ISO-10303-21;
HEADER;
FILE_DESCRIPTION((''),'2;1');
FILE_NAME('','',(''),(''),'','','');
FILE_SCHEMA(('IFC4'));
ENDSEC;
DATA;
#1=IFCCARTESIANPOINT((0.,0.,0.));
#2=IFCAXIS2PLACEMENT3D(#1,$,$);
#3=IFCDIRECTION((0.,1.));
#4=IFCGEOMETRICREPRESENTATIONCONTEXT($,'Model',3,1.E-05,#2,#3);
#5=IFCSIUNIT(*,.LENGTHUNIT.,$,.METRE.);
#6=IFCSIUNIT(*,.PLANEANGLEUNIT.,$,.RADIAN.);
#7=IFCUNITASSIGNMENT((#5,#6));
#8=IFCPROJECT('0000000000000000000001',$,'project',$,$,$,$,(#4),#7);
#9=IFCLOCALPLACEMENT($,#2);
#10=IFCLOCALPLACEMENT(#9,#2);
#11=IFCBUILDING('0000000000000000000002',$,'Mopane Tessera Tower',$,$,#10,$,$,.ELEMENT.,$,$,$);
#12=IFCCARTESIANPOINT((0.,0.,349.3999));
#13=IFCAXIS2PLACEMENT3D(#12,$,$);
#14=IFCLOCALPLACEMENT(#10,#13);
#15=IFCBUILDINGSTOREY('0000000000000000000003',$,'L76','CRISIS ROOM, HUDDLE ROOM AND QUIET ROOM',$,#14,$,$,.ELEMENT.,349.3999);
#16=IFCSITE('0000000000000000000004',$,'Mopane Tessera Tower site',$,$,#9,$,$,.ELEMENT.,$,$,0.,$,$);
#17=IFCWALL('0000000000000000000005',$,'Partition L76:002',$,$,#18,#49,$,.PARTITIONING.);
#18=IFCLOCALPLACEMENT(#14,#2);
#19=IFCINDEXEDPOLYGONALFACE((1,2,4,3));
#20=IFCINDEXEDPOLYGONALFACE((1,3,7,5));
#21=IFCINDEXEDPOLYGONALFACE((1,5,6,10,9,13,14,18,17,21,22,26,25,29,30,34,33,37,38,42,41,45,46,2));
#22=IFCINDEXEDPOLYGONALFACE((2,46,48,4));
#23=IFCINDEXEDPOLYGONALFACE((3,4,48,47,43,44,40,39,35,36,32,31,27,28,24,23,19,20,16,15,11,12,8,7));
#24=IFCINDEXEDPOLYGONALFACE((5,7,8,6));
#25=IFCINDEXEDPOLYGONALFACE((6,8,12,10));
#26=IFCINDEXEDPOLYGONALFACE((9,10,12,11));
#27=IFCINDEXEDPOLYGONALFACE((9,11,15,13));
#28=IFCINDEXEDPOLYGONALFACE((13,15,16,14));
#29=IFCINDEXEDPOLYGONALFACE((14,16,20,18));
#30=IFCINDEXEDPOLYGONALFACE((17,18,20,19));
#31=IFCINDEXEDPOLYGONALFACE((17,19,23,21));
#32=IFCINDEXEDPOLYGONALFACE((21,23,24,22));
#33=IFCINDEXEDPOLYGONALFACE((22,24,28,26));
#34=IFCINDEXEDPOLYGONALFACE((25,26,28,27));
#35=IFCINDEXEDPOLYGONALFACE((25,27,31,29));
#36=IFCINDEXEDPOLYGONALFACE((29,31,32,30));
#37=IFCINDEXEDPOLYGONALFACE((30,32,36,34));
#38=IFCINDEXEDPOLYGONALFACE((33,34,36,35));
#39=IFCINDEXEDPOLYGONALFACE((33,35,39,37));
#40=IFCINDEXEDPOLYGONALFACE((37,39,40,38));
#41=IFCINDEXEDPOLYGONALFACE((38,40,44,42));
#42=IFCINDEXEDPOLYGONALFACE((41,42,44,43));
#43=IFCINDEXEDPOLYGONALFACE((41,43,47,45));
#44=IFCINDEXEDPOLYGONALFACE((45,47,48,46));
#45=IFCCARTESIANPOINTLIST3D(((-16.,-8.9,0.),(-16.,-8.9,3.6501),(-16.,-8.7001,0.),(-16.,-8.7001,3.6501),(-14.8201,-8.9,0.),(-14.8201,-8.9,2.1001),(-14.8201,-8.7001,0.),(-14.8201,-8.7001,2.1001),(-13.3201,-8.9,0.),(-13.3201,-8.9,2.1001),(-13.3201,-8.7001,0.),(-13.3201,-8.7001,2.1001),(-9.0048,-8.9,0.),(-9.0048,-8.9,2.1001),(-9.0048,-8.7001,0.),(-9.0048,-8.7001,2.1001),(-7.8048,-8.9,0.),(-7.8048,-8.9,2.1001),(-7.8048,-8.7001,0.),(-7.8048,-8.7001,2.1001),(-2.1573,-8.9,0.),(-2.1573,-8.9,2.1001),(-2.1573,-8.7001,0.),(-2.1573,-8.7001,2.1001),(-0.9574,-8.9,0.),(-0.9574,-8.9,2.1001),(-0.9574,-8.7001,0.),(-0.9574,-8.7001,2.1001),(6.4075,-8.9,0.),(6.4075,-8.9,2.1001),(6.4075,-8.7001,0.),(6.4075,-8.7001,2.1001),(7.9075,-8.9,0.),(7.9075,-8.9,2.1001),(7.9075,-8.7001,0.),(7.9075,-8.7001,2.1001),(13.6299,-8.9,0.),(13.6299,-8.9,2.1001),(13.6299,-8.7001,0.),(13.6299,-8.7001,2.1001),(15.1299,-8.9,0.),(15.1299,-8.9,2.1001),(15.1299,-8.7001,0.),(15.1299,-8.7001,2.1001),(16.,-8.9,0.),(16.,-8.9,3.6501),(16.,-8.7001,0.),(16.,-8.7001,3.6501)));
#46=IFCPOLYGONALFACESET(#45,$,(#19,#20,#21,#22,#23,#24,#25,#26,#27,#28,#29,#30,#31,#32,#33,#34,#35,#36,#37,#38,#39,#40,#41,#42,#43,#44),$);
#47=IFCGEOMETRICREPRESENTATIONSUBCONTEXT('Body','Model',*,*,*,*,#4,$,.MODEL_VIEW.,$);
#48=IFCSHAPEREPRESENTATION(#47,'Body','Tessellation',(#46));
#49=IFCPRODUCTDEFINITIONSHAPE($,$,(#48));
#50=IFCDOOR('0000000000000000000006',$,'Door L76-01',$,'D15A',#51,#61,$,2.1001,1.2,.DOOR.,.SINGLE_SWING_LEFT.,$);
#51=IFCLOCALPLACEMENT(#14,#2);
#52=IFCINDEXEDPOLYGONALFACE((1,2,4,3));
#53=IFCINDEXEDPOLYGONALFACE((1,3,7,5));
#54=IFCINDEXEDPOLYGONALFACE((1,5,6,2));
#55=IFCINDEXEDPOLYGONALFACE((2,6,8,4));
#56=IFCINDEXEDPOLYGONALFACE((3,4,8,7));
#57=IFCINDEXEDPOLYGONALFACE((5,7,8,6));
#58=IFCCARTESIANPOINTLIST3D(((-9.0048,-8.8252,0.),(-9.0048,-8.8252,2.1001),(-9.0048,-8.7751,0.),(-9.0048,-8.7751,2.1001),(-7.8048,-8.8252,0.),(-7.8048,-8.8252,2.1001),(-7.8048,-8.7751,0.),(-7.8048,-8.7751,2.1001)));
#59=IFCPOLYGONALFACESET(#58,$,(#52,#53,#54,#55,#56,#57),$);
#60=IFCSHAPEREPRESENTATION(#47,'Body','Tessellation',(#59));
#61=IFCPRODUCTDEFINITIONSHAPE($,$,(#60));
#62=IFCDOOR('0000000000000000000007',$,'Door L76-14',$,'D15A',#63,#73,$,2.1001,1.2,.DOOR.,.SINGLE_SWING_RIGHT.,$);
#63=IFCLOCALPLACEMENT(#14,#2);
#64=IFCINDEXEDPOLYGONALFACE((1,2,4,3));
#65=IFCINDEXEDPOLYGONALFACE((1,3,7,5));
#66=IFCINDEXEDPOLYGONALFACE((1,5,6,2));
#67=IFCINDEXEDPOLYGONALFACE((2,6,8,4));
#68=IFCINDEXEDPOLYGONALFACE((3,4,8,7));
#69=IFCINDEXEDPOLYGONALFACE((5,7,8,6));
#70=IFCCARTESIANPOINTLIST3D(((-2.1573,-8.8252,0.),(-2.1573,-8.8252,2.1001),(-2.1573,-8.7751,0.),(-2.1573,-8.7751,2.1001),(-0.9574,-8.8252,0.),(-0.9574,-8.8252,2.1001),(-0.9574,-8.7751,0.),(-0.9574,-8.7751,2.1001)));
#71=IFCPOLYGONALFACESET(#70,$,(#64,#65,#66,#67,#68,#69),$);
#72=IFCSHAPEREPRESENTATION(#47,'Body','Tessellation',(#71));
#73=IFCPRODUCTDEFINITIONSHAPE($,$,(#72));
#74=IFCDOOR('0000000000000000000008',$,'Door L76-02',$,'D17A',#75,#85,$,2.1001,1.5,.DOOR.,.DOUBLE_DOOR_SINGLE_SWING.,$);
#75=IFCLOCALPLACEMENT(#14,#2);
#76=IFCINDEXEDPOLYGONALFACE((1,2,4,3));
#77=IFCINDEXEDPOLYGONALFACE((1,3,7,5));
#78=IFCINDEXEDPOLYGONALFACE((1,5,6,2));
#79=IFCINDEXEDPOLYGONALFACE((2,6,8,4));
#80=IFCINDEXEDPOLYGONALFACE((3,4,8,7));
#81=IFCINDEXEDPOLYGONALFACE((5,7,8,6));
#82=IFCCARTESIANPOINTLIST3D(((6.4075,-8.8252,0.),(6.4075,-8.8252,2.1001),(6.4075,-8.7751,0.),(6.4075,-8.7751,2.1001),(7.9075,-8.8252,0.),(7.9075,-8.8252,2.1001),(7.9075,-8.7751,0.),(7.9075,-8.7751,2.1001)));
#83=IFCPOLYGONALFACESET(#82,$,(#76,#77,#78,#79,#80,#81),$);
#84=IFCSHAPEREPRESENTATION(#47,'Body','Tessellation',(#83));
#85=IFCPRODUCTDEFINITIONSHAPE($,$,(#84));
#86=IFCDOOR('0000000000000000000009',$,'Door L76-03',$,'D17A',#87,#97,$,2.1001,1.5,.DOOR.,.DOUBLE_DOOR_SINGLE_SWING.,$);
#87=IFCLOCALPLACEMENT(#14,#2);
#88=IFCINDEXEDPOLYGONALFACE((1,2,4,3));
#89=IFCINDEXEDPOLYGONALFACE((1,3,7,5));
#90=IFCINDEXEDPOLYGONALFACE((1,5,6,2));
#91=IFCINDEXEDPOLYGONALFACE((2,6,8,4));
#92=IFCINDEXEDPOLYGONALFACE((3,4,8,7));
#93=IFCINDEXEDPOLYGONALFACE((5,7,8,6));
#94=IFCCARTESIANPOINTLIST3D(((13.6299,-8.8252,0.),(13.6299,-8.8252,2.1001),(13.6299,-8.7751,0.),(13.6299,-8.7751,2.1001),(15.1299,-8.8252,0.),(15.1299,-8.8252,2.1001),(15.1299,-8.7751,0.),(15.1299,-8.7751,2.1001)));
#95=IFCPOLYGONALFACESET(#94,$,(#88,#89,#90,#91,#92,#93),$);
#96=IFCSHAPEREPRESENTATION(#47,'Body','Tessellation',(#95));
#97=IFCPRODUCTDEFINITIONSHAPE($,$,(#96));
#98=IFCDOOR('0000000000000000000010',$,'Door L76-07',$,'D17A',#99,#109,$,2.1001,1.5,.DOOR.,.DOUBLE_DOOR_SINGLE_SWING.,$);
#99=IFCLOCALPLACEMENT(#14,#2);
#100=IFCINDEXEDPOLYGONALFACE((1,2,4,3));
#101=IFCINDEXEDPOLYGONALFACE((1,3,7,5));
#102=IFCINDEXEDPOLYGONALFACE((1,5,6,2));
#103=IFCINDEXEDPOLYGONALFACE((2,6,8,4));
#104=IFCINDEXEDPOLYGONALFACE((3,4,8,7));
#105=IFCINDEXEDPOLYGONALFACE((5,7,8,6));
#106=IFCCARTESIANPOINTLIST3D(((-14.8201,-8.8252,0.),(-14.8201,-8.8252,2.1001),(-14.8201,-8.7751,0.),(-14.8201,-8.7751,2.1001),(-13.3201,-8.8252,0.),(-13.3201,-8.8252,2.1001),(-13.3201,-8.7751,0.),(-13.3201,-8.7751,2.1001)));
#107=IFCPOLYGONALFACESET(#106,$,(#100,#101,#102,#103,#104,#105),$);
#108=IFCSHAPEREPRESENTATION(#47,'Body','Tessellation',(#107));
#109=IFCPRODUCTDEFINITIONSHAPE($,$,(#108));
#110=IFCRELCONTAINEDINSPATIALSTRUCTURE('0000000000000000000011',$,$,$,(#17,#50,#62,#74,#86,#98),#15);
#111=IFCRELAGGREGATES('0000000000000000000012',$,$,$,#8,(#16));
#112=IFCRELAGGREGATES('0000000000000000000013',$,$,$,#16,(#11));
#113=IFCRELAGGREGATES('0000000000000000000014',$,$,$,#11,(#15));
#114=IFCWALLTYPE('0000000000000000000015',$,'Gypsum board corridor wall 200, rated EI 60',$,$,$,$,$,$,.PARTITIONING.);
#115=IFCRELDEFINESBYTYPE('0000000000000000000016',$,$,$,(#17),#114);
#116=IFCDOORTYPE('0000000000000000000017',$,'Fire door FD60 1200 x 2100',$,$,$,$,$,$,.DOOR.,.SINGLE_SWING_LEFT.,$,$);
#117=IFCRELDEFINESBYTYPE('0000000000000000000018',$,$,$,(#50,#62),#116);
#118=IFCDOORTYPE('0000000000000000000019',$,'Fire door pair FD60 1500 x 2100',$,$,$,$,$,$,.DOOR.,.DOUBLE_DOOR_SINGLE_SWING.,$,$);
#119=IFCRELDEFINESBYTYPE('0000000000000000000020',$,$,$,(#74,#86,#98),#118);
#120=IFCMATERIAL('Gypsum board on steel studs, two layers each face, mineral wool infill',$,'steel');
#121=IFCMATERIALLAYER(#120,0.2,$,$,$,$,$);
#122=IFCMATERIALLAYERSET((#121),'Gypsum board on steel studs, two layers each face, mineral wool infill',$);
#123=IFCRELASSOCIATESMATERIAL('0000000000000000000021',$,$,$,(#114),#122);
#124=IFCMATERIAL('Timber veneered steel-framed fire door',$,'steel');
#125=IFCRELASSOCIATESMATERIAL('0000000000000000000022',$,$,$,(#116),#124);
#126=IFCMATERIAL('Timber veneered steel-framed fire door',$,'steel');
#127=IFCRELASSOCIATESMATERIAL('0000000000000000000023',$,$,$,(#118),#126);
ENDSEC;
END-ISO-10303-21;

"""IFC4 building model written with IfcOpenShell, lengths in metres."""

from ifc_helpers import new_model, si_unit, direction, frame, frame_2d, origin, place, context, subcontext, project, spatial, rectangle, extrude, material, layer, layer_set, type_object, element, fill, save


model = new_model("IFC4")

# Units and contexts
model_context = context("Model", 3, precision=1e-05, world=origin(), true_north=direction((0.0, 1.0)))
body_context = subcontext(model_context, "Body", "Model", "MODEL_VIEW")
ifc_project = project(units=[si_unit("LENGTHUNIT", "METRE"), si_unit("PLANEANGLEUNIT", "RADIAN")], contexts=[model_context])

# Site, building, storey
site_placement = place(None, origin())
site = spatial("IfcSite", under=ifc_project, at=site_placement, Name="Mopane Tessera Tower site", CompositionType="ELEMENT", RefElevation=0.0)
building_placement = place(site_placement, origin())
building = spatial("IfcBuilding", under=site, at=building_placement, Name="Mopane Tessera Tower", CompositionType="ELEMENT")
storey_placement = place(building_placement, frame((0.0, 0.0, 349.3999)))
storey = spatial("IfcBuildingStorey", under=building, at=storey_placement, Name="L76", Description="CRISIS ROOM, HUDDLE ROOM AND QUIET ROOM", CompositionType="ELEMENT", Elevation=349.3999)

# Wall, openings, doors
ifc_material_1 = material(Name="Gypsum board on steel studs, two layers each face, mineral wool infill", Category="steel")
ifc_layer_1 = layer(ifc_material_1, 0.2)
ifc_layer_set_1 = layer_set([ifc_layer_1], Name="Gypsum board on steel studs, two layers each face, mineral wool infill")
wall_type_1 = type_object("IfcWallType", Name="Gypsum board corridor wall 200, rated EI 60", PredefinedType="PARTITIONING", material=ifc_layer_set_1)
wall_1_placement = place(storey_placement, frame((-16.0, -8.8, 0.0), z_axis=(0.0, 0.0, 1.0), x_axis=(1.0, 0.0, 0.0)))
wall_1 = element("IfcWall", 1, at=wall_1_placement, inside=storey, type_object=wall_type_1, Name="Partition L76:002", PredefinedType="PARTITIONING", context=body_context, shape_type="SweptSolid", body=[
    extrude(rectangle(XDim=32.0, YDim=0.2, at=frame_2d((16.0, 0.0))), origin(), (0.0, 0.0, 1.0), 3.6501),
])
opening_1_placement = place(wall_1_placement, frame((6.9951, 0.0, 0.0)))
opening_1 = element("IfcOpeningElement", 2, at=opening_1_placement, cuts=wall_1, PredefinedType="OPENING", context=body_context, shape_type="SweptSolid", body=[
    extrude(rectangle(XDim=1.2, YDim=2.1001, at=frame_2d((0.6001, 1.05))), frame((0.0, 0.1121, 0.0), z_axis=(0.0, -1.0, 0.0), x_axis=(1.0, 0.0, 0.0)), (0.0, 0.0, 1.0), 0.2239),
])
opening_2_placement = place(wall_1_placement, frame((22.4075, 0.0, 0.0)))
opening_2 = element("IfcOpeningElement", 3, at=opening_2_placement, cuts=wall_1, PredefinedType="OPENING", context=body_context, shape_type="SweptSolid", body=[
    extrude(rectangle(XDim=1.5, YDim=2.1001, at=frame_2d((0.75, 1.05))), frame((0.0, 0.1121, 0.0), z_axis=(0.0, -1.0, 0.0), x_axis=(1.0, 0.0, 0.0)), (0.0, 0.0, 1.0), 0.2239),
])
opening_3_placement = place(wall_1_placement, frame((29.6299, 0.0, 0.0)))
opening_3 = element("IfcOpeningElement", 4, at=opening_3_placement, cuts=wall_1, PredefinedType="OPENING", context=body_context, shape_type="SweptSolid", body=[
    extrude(rectangle(XDim=1.5, YDim=2.1001, at=frame_2d((0.75, 1.05))), frame((0.0, 0.1121, 0.0), z_axis=(0.0, -1.0, 0.0), x_axis=(1.0, 0.0, 0.0)), (0.0, 0.0, 1.0), 0.2239),
])
opening_4_placement = place(wall_1_placement, frame((1.1799, 0.0, 0.0)))
opening_4 = element("IfcOpeningElement", 5, at=opening_4_placement, cuts=wall_1, PredefinedType="OPENING", context=body_context, shape_type="SweptSolid", body=[
    extrude(rectangle(XDim=1.5, YDim=2.1001, at=frame_2d((0.75, 1.05))), frame((0.0, 0.1121, 0.0), z_axis=(0.0, -1.0, 0.0), x_axis=(1.0, 0.0, 0.0)), (0.0, 0.0, 1.0), 0.2239),
])
opening_5_placement = place(wall_1_placement, frame((13.8425, 0.0, 0.0)))
opening_5 = element("IfcOpeningElement", 6, at=opening_5_placement, cuts=wall_1, PredefinedType="OPENING", context=body_context, shape_type="SweptSolid", body=[
    extrude(rectangle(XDim=1.2, YDim=2.1001, at=frame_2d((0.6001, 1.05))), frame((0.0, 0.1121, 0.0), z_axis=(0.0, -1.0, 0.0), x_axis=(1.0, 0.0, 0.0)), (0.0, 0.0, 1.0), 0.2239),
])
ifc_material_2 = material(Name="Timber veneered steel-framed fire door", Category="steel")
door_type_1 = type_object("IfcDoorType", Name="Fire door FD60 1200 x 2100", OperationType="SINGLE_SWING_LEFT", PredefinedType="DOOR", material=ifc_material_2)
door_1_placement = place(opening_1_placement, origin())
door_1 = element("IfcDoor", 7, at=door_1_placement, inside=storey, type_object=door_type_1, Name="Door L76-01", ObjectType="D15A", OperationType="SINGLE_SWING_LEFT", OverallHeight=2.1001, OverallWidth=1.2, PredefinedType="DOOR", context=body_context, shape_type="SweptSolid", body=[
    extrude(rectangle(XDim=1.2, YDim=2.1001, at=frame_2d((0.6001, 1.05))), frame((0.0, 0.0249, 0.0), z_axis=(0.0, -1.0, 0.0), x_axis=(1.0, 0.0, 0.0)), (0.0, 0.0, 1.0), 0.05),
])
fill(opening_1, door_1)
door_2_placement = place(opening_5_placement, origin())
door_2 = element("IfcDoor", 8, at=door_2_placement, inside=storey, type_object=door_type_1, Name="Door L76-14", ObjectType="D15A", OperationType="SINGLE_SWING_RIGHT", OverallHeight=2.1001, OverallWidth=1.2, PredefinedType="DOOR", context=body_context, shape_type="SweptSolid", body=[
    extrude(rectangle(XDim=1.2, YDim=2.1001, at=frame_2d((0.6001, 1.05))), frame((0.0, 0.0249, 0.0), z_axis=(0.0, -1.0, 0.0), x_axis=(1.0, 0.0, 0.0)), (0.0, 0.0, 1.0), 0.05),
])
fill(opening_5, door_2)
ifc_material_3 = material(Name="Timber veneered steel-framed fire door", Category="steel")
door_type_2 = type_object("IfcDoorType", Name="Fire door pair FD60 1500 x 2100", OperationType="DOUBLE_DOOR_SINGLE_SWING", PredefinedType="DOOR", material=ifc_material_3)
door_3_placement = place(opening_2_placement, origin())
door_3 = element("IfcDoor", 9, at=door_3_placement, inside=storey, type_object=door_type_2, Name="Door L76-02", ObjectType="D17A", OperationType="DOUBLE_DOOR_SINGLE_SWING", OverallHeight=2.1001, OverallWidth=1.5, PredefinedType="DOOR", context=body_context, shape_type="SweptSolid", body=[
    extrude(rectangle(XDim=1.5, YDim=2.1001, at=frame_2d((0.75, 1.05))), frame((0.0, 0.0249, 0.0), z_axis=(0.0, -1.0, 0.0), x_axis=(1.0, 0.0, 0.0)), (0.0, 0.0, 1.0), 0.05),
])
fill(opening_2, door_3)
door_4_placement = place(opening_3_placement, origin())
door_4 = element("IfcDoor", 10, at=door_4_placement, inside=storey, type_object=door_type_2, Name="Door L76-03", ObjectType="D17A", OperationType="DOUBLE_DOOR_SINGLE_SWING", OverallHeight=2.1001, OverallWidth=1.5, PredefinedType="DOOR", context=body_context, shape_type="SweptSolid", body=[
    extrude(rectangle(XDim=1.5, YDim=2.1001, at=frame_2d((0.75, 1.05))), frame((0.0, 0.0249, 0.0), z_axis=(0.0, -1.0, 0.0), x_axis=(1.0, 0.0, 0.0)), (0.0, 0.0, 1.0), 0.05),
])
fill(opening_3, door_4)
door_5_placement = place(opening_4_placement, origin())
door_5 = element("IfcDoor", 11, at=door_5_placement, inside=storey, type_object=door_type_2, Name="Door L76-07", ObjectType="D17A", OperationType="DOUBLE_DOOR_SINGLE_SWING", OverallHeight=2.1001, OverallWidth=1.5, PredefinedType="DOOR", context=body_context, shape_type="SweptSolid", body=[
    extrude(rectangle(XDim=1.5, YDim=2.1001, at=frame_2d((0.75, 1.05))), frame((0.0, 0.0249, 0.0), z_axis=(0.0, -1.0, 0.0), x_axis=(1.0, 0.0, 0.0)), (0.0, 0.0, 1.0), 0.05),
])
fill(opening_4, door_5)

save(model, "model.ifc")
